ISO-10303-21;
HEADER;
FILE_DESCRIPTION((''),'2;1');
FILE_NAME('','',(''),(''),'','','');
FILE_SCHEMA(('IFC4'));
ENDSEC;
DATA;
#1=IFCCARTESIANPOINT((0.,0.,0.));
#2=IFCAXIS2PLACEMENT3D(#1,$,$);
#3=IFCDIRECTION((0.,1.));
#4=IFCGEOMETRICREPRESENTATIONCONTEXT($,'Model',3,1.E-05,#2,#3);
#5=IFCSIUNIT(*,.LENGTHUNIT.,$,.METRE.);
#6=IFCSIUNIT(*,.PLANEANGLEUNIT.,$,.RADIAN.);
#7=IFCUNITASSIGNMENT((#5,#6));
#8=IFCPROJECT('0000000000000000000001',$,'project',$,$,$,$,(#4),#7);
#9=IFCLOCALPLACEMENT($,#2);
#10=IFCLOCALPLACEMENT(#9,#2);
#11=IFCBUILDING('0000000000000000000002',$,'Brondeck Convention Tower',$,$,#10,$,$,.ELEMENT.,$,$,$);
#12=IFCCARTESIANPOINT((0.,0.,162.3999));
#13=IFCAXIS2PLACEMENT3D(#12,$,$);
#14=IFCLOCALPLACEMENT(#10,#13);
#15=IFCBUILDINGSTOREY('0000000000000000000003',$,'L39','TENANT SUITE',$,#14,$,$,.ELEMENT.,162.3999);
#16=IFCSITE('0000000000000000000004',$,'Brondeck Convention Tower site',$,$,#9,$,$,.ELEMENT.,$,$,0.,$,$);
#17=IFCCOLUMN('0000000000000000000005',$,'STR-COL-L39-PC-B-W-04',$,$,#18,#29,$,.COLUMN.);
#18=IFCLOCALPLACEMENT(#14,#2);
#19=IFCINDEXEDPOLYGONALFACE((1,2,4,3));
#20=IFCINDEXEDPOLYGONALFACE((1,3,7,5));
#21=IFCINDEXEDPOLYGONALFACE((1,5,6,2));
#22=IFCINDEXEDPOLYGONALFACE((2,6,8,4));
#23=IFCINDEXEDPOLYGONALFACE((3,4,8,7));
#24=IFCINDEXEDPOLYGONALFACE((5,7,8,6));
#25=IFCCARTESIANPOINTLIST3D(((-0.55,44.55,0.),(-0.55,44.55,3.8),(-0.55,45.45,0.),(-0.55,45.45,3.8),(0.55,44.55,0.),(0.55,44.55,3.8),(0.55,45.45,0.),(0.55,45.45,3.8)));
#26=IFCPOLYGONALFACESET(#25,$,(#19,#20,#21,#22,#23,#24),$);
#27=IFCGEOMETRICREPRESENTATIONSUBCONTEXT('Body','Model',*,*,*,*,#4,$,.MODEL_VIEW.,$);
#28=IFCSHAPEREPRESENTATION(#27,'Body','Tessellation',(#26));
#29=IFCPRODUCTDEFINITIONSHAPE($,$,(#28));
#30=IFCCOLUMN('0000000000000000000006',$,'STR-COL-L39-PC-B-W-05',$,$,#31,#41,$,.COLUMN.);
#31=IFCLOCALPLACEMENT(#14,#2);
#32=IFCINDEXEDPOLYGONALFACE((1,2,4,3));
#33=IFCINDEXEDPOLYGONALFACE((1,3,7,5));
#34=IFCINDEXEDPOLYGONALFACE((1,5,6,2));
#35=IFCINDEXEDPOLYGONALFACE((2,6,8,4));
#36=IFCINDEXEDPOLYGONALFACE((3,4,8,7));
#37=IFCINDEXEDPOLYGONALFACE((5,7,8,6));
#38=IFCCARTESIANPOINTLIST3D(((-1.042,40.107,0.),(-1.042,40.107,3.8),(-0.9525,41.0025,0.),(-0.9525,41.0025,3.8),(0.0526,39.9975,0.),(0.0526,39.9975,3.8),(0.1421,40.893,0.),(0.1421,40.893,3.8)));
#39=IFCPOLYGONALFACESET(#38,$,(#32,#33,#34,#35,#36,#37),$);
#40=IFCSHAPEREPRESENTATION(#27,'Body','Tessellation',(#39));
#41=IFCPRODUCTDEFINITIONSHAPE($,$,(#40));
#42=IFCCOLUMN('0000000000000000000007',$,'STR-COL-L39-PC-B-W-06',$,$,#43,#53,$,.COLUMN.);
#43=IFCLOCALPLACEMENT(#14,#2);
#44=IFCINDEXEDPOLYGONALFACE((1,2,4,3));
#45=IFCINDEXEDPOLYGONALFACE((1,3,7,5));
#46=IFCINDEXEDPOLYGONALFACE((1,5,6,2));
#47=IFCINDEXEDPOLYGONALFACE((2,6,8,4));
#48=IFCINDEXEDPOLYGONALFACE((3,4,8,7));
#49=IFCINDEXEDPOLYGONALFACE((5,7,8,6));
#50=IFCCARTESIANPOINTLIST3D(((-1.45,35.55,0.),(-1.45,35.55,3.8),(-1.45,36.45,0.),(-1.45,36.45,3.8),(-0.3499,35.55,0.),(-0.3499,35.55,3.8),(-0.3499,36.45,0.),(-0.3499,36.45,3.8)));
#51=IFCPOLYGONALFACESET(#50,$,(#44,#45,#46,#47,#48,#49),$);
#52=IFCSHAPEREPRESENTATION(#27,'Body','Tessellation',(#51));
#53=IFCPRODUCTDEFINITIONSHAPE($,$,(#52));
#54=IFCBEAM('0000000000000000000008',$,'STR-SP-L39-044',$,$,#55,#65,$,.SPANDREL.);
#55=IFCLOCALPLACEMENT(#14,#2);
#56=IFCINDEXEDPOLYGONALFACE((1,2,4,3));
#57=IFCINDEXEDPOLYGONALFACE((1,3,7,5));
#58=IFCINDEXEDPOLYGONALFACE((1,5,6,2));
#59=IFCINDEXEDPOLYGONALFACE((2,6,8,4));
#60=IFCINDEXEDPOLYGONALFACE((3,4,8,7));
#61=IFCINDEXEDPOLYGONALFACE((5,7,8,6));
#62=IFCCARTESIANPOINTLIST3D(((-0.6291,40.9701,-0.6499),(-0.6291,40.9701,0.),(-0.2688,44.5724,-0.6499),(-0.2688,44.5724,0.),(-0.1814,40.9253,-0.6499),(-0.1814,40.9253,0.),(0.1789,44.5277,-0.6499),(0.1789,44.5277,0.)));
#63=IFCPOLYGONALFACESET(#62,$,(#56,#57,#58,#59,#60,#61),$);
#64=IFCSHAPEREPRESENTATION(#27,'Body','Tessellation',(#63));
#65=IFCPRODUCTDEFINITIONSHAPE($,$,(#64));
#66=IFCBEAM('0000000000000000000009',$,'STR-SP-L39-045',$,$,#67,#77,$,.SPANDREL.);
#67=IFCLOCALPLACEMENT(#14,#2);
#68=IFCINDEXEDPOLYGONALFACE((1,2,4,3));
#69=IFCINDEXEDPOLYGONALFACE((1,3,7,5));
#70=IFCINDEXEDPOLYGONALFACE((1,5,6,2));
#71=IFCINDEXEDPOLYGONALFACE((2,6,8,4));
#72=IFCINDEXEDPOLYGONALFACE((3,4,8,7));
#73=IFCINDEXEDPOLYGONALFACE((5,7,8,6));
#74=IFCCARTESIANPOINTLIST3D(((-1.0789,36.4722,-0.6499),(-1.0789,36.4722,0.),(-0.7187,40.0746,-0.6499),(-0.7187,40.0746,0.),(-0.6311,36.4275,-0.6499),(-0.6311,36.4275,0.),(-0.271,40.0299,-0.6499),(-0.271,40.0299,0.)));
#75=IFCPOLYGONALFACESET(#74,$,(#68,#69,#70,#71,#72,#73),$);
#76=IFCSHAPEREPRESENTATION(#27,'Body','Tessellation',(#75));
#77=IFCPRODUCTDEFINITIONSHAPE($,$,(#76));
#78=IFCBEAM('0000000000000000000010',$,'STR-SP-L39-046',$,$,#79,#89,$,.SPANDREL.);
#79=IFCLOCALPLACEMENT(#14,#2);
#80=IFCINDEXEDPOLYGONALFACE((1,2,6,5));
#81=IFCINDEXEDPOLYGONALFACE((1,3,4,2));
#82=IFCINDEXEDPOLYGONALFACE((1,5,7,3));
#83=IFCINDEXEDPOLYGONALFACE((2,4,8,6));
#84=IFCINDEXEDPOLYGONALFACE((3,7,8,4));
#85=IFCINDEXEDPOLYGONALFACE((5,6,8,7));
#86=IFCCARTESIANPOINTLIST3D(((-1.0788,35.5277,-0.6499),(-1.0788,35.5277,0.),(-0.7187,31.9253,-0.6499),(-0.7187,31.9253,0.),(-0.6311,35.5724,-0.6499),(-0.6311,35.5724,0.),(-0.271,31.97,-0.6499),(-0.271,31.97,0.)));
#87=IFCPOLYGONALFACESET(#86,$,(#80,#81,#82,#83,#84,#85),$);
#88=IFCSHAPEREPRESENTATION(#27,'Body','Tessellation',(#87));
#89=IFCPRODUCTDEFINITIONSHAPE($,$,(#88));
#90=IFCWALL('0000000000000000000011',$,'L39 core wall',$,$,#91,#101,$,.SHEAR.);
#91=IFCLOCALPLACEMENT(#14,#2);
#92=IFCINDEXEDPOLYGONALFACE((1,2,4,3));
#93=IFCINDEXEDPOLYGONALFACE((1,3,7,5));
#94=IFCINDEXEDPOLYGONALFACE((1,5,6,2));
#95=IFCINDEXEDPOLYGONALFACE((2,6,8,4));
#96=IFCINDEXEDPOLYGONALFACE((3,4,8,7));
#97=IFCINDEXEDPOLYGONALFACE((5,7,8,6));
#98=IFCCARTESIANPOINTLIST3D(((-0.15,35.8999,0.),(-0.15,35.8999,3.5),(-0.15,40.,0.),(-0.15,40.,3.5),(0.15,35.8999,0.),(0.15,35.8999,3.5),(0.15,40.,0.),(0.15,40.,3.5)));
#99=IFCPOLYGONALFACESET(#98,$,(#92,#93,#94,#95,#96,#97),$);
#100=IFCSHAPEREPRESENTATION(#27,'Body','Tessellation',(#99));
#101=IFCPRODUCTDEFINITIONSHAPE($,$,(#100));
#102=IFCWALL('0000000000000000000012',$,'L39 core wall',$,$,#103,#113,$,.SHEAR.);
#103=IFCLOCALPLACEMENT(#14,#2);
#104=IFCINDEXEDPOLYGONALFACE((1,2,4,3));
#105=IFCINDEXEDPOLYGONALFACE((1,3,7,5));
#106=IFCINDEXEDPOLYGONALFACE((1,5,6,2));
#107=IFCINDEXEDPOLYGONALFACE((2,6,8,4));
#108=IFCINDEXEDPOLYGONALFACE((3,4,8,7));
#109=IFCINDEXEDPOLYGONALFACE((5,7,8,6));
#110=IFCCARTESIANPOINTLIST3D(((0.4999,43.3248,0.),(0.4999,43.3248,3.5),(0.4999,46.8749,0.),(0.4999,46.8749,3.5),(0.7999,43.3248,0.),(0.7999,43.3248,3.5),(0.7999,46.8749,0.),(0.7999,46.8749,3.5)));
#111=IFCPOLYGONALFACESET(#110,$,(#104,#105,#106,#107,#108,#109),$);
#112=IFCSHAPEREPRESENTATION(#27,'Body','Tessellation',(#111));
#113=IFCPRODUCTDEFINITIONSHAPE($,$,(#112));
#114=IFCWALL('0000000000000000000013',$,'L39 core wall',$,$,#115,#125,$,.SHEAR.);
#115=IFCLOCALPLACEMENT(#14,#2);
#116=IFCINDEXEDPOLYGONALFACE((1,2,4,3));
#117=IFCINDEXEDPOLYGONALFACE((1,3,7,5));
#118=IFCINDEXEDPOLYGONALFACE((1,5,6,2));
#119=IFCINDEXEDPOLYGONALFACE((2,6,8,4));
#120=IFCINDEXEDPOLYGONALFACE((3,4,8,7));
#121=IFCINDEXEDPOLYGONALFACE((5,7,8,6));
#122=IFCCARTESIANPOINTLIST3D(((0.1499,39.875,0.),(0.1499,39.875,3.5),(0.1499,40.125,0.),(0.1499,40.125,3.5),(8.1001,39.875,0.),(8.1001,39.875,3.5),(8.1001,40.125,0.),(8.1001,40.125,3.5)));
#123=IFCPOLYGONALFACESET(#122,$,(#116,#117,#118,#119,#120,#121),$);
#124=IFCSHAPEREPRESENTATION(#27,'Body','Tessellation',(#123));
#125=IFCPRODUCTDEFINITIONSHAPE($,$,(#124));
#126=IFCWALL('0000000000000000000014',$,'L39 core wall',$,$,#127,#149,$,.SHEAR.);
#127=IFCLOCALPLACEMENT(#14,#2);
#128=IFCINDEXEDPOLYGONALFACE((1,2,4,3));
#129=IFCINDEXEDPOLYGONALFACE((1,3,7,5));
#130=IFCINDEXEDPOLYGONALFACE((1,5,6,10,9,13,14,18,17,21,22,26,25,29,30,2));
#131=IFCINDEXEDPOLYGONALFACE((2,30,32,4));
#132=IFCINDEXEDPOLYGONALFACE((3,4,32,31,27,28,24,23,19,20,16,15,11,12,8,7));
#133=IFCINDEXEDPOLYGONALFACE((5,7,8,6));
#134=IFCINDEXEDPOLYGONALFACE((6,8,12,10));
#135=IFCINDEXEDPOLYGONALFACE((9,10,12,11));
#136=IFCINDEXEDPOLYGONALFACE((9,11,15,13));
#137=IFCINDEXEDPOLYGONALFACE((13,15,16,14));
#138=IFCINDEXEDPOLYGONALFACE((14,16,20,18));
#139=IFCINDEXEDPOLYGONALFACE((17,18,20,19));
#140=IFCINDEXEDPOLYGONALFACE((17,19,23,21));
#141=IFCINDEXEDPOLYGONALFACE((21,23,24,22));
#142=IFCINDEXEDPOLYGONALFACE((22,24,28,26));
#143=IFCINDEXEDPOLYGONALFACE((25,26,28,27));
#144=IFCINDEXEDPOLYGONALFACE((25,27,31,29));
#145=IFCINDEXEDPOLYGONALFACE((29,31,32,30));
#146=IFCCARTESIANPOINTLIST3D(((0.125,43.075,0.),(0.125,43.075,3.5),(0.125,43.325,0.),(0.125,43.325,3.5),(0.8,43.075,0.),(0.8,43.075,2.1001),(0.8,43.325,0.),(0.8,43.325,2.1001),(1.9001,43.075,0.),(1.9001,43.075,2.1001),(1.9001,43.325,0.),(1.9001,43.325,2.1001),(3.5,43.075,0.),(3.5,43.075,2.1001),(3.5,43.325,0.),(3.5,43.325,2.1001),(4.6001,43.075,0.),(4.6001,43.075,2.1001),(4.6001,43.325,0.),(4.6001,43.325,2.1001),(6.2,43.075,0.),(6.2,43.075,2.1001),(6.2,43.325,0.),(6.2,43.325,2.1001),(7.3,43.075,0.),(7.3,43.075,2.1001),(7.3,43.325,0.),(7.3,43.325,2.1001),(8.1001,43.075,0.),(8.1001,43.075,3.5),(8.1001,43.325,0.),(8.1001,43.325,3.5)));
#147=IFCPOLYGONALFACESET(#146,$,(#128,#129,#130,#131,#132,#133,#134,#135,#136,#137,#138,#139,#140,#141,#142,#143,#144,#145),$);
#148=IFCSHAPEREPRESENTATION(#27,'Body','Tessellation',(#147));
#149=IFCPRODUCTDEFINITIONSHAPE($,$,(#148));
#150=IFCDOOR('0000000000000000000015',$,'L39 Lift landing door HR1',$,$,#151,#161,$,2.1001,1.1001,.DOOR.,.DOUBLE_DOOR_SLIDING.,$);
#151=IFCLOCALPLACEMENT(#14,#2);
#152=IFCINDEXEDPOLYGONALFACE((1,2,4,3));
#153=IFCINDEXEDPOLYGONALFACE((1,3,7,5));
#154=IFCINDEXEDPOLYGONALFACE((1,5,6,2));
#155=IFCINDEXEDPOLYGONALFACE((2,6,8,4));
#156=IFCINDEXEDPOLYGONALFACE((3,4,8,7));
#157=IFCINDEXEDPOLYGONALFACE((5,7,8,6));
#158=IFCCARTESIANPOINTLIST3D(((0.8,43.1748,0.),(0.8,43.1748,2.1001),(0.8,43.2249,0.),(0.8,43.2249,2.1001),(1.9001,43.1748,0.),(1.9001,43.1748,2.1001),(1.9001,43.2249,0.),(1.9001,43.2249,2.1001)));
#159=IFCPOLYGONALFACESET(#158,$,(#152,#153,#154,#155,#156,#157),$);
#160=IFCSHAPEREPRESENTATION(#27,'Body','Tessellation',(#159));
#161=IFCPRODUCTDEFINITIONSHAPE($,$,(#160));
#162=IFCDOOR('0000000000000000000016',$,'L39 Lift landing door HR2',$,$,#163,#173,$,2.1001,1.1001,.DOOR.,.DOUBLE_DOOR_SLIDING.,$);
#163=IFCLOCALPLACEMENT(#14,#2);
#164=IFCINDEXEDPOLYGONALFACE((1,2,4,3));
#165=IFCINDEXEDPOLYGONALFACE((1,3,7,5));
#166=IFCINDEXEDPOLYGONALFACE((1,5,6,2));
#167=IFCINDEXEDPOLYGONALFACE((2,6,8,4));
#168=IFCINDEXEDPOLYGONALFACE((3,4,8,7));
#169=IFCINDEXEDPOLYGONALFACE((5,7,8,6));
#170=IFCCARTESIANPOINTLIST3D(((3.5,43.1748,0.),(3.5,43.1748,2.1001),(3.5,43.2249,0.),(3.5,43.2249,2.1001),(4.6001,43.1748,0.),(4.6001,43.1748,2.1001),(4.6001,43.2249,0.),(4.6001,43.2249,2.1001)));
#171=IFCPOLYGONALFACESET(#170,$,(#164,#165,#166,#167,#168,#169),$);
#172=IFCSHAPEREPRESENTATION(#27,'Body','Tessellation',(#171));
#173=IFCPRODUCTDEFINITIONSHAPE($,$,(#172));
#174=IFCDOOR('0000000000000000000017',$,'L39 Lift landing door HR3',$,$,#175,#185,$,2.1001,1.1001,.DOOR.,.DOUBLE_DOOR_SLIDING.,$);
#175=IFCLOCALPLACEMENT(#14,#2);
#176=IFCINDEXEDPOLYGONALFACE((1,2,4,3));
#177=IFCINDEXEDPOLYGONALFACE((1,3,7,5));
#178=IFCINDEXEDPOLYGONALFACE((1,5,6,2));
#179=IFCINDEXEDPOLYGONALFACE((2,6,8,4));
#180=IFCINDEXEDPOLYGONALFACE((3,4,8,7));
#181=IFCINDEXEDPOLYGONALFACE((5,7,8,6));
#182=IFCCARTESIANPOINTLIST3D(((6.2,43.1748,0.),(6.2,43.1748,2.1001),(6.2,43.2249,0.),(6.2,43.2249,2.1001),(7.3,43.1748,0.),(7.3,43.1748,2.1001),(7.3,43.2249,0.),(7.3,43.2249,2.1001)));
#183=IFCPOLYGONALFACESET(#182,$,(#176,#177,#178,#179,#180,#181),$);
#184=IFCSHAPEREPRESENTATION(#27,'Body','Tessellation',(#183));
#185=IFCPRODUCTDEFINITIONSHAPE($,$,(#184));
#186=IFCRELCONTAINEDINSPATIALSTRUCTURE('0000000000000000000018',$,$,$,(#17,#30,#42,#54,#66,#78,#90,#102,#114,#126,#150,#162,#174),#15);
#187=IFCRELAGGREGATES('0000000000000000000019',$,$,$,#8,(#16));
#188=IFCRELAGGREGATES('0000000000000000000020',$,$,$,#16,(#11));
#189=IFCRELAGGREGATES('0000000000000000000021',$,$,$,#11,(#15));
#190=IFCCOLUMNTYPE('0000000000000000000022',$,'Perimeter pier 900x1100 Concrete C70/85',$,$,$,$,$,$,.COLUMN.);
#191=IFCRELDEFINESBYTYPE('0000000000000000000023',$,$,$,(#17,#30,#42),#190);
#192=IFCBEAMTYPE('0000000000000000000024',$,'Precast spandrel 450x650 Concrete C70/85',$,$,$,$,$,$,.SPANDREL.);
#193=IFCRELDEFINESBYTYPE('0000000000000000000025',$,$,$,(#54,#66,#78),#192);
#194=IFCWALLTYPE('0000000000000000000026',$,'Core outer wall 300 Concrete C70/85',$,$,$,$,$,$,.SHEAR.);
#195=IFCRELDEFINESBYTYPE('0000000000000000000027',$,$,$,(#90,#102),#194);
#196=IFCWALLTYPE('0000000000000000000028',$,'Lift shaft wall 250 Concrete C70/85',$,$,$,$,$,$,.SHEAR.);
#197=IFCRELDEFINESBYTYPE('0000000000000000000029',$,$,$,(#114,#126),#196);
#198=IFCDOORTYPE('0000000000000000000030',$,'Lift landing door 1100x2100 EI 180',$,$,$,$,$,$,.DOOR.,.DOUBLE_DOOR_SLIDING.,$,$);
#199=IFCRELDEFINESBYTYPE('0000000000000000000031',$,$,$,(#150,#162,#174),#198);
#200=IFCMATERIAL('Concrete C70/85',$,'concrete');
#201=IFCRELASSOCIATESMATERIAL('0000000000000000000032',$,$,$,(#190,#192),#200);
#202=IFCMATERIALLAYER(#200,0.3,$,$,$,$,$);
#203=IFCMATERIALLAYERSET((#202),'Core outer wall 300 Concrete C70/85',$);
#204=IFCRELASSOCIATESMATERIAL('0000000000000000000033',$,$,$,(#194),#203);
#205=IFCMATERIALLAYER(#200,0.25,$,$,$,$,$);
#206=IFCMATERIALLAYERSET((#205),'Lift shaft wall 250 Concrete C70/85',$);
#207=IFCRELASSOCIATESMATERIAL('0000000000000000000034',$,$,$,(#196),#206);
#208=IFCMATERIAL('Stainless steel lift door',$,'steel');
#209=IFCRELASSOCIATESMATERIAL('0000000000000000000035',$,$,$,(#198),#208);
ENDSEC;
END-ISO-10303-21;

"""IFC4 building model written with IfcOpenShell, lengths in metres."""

from ifc_helpers import new_model, si_unit, direction, frame, frame_2d, origin, origin_2d, place, context, subcontext, project, spatial, rectangle, extrude, material, layer, layer_set, material_profile, profile_set, type_object, element, fill, save


model = new_model("IFC4")

# Units and contexts
model_context = context("Model", 3, precision=1e-05, world=origin(), true_north=direction((0.0, 1.0)))
body_context = subcontext(model_context, "Body", "Model", "MODEL_VIEW")
ifc_project = project(units=[si_unit("LENGTHUNIT", "METRE"), si_unit("PLANEANGLEUNIT", "RADIAN")], contexts=[model_context])

# Site, building, storey
site_placement = place(None, origin())
site = spatial("IfcSite", under=ifc_project, at=site_placement, Name="Brondeck Convention Tower site", CompositionType="ELEMENT", RefElevation=0.0)
building_placement = place(site_placement, origin())
building = spatial("IfcBuilding", under=site, at=building_placement, Name="Brondeck Convention Tower", CompositionType="ELEMENT")
storey_placement = place(building_placement, frame((0.0, 0.0, 162.3999)))
storey = spatial("IfcBuildingStorey", under=building, at=storey_placement, Name="L39", Description="TENANT SUITE", CompositionType="ELEMENT", Elevation=162.3999)

# Columns
ifc_material_1 = material(Name="Concrete C70/85", Category="concrete")
ifc_material_profile_1 = material_profile(ifc_material_1, rectangle(XDim=0.8999, YDim=1.1001, at=origin_2d()), Name="Perimeter pier 900x1100 Concrete C70/85")
ifc_profile_set_1 = profile_set([ifc_material_profile_1], Name="Concrete C70/85")
column_type = type_object("IfcColumnType", Name="Perimeter pier 900x1100 Concrete C70/85", PredefinedType="COLUMN", material=ifc_profile_set_1)
for number, where, z_axis, x_axis, name in (
    (1, (0.0, 45.0, 0.0), (0.0, 0.0, 1.0), (0.0, -1.0, 0.0), "STR-COL-L39-PC-B-W-04"),
    (2, (-0.45, 40.5, 0.0), (0.0, 0.0, 1.0), (-0.099504, -0.995037, 0.0), "STR-COL-L39-PC-B-W-05"),
    (3, (-0.8999, 36.0, 0.0), (0.0, 0.0, 1.0), (0.0, -1.0, 0.0), "STR-COL-L39-PC-B-W-06"),
):
    element("IfcColumn", number, at=place(storey_placement, frame(where, z_axis=z_axis, x_axis=x_axis)), inside=storey, type_object=column_type, Name=name, PredefinedType="COLUMN", context=body_context, shape_type="SweptSolid", body=[
        extrude(rectangle(XDim=0.8999, YDim=1.1001, at=origin_2d()), origin(), (0.0, 0.0, 1.0), 3.8),
    ])

# Beams
ifc_material_profile_2 = material_profile(ifc_material_1, rectangle(XDim=0.45, YDim=0.6499, at=origin_2d()), Name="Precast spandrel 450x650 Concrete C70/85")
ifc_profile_set_2 = profile_set([ifc_material_profile_2], Name="Concrete C70/85")
beam_type = type_object("IfcBeamType", Name="Precast spandrel 450x650 Concrete C70/85", PredefinedType="SPANDREL", material=ifc_profile_set_2)
for number, where, z_axis, x_axis, name in (
    (4, (-0.0449, 44.55, -0.325), (-0.099537, -0.995034, 0.0), (0.995034, -0.099537, 0.0), "STR-SP-L39-044"),
    (5, (-0.4949, 40.0522, -0.325), (-0.09947, -0.995041, 0.0), (0.995041, -0.09947, 0.0), "STR-SP-L39-045"),
    (6, (-0.855, 35.55, -0.325), (0.09947, -0.995041, 0.0), (0.995041, 0.09947, 0.0), "STR-SP-L39-046"),
):
    element("IfcBeam", number, at=place(storey_placement, frame(where, z_axis=z_axis, x_axis=x_axis)), inside=storey, type_object=beam_type, Name=name, PredefinedType="SPANDREL", context=body_context, shape_type="SweptSolid", body=[
        extrude(rectangle(XDim=0.45, YDim=0.6499, at=origin_2d()), origin(), (0.0, 0.0, 1.0), 3.6204),
    ])

# Walls
ifc_layer_1 = layer(ifc_material_1, 0.3)
ifc_layer_set_1 = layer_set([ifc_layer_1], Name="Core outer wall 300 Concrete C70/85")
wall_type_1 = type_object("IfcWallType", Name="Core outer wall 300 Concrete C70/85", PredefinedType="SHEAR", material=ifc_layer_set_1)
wall_1_placement = place(storey_placement, frame((0.0, 35.8999, 0.0), z_axis=(0.0, 0.0, 1.0), x_axis=(0.0, 1.0, 0.0)))
element("IfcWall", 7, at=wall_1_placement, inside=storey, type_object=wall_type_1, Name="L39 core wall", PredefinedType="SHEAR", context=body_context, shape_type="SweptSolid", body=[
    extrude(rectangle(XDim=4.1001, YDim=0.3, at=frame_2d((2.05, 0.0))), origin(), (0.0, 0.0, 1.0), 3.5),
])
wall_2_placement = place(storey_placement, frame((0.6499, 43.325, 0.0), z_axis=(0.0, 0.0, 1.0), x_axis=(0.0, 1.0, 0.0)))
element("IfcWall", 8, at=wall_2_placement, inside=storey, type_object=wall_type_1, Name="L39 core wall", PredefinedType="SHEAR", context=body_context, shape_type="SweptSolid", body=[
    extrude(rectangle(XDim=3.55, YDim=0.3, at=frame_2d((1.7749, 0.0))), origin(), (0.0, 0.0, 1.0), 3.5),
])
ifc_layer_2 = layer(ifc_material_1, 0.25)
ifc_layer_set_2 = layer_set([ifc_layer_2], Name="Lift shaft wall 250 Concrete C70/85")
wall_type_2 = type_object("IfcWallType", Name="Lift shaft wall 250 Concrete C70/85", PredefinedType="SHEAR", material=ifc_layer_set_2)
wall_3_placement = place(storey_placement, frame((0.1499, 40.0, 0.0), z_axis=(0.0, 0.0, 1.0), x_axis=(1.0, 0.0, 0.0)))
element("IfcWall", 9, at=wall_3_placement, inside=storey, type_object=wall_type_2, Name="L39 core wall", PredefinedType="SHEAR", context=body_context, shape_type="SweptSolid", body=[
    extrude(rectangle(XDim=7.9502, YDim=0.25, at=frame_2d((3.9751, 0.0))), origin(), (0.0, 0.0, 1.0), 3.5),
])

# Wall, openings, doors
wall_4_placement = place(storey_placement, frame((0.125, 43.2, 0.0), z_axis=(0.0, 0.0, 1.0), x_axis=(1.0, 0.0, 0.0)))
wall_4 = element("IfcWall", 10, at=wall_4_placement, inside=storey, type_object=wall_type_2, Name="L39 core wall", PredefinedType="SHEAR", context=body_context, shape_type="SweptSolid", body=[
    extrude(rectangle(XDim=7.9751, YDim=0.25, at=frame_2d((3.9875, 0.0))), origin(), (0.0, 0.0, 1.0), 3.5),
])
opening_1_placement = place(wall_4_placement, frame((0.675, 0.0, 0.0)))
opening_1 = element("IfcOpeningElement", 11, at=opening_1_placement, cuts=wall_4, PredefinedType="OPENING", context=body_context, shape_type="SweptSolid", body=[
    extrude(rectangle(XDim=1.1001, YDim=2.1001, at=frame_2d((0.55, 1.05))), frame((0.0, 0.135, 0.0), z_axis=(0.0, -1.0, 0.0), x_axis=(1.0, 0.0, 0.0)), (0.0, 0.0, 1.0), 0.27),
])
opening_2_placement = place(wall_4_placement, frame((3.375, 0.0, 0.0)))
opening_2 = element("IfcOpeningElement", 12, at=opening_2_placement, cuts=wall_4, PredefinedType="OPENING", context=body_context, shape_type="SweptSolid", body=[
    extrude(rectangle(XDim=1.1001, YDim=2.1001, at=frame_2d((0.55, 1.05))), frame((0.0, 0.135, 0.0), z_axis=(0.0, -1.0, 0.0), x_axis=(1.0, 0.0, 0.0)), (0.0, 0.0, 1.0), 0.27),
])
opening_3_placement = place(wall_4_placement, frame((6.075, 0.0, 0.0)))
opening_3 = element("IfcOpeningElement", 13, at=opening_3_placement, cuts=wall_4, PredefinedType="OPENING", context=body_context, shape_type="SweptSolid", body=[
    extrude(rectangle(XDim=1.1001, YDim=2.1001, at=frame_2d((0.55, 1.05))), frame((0.0, 0.135, 0.0), z_axis=(0.0, -1.0, 0.0), x_axis=(1.0, 0.0, 0.0)), (0.0, 0.0, 1.0), 0.27),
])
ifc_material_2 = material(Name="Stainless steel lift door", Category="steel")
door_type_1 = type_object("IfcDoorType", Name="Lift landing door 1100x2100 EI 180", OperationType="DOUBLE_DOOR_SLIDING", PredefinedType="DOOR", material=ifc_material_2)
door_1_placement = place(opening_1_placement, origin())
door_1 = element("IfcDoor", 14, at=door_1_placement, inside=storey, type_object=door_type_1, Name="L39 Lift landing door HR1", OperationType="DOUBLE_DOOR_SLIDING", OverallHeight=2.1001, OverallWidth=1.1001, PredefinedType="DOOR", context=body_context, shape_type="SweptSolid", body=[
    extrude(rectangle(XDim=1.1001, YDim=2.1001, at=frame_2d((0.55, 1.05))), frame((0.0, 0.0249, 0.0), z_axis=(0.0, -1.0, 0.0), x_axis=(1.0, 0.0, 0.0)), (0.0, 0.0, 1.0), 0.05),
])
fill(opening_1, door_1)
door_2_placement = place(opening_2_placement, origin())
door_2 = element("IfcDoor", 15, at=door_2_placement, inside=storey, type_object=door_type_1, Name="L39 Lift landing door HR2", OperationType="DOUBLE_DOOR_SLIDING", OverallHeight=2.1001, OverallWidth=1.1001, PredefinedType="DOOR", context=body_context, shape_type="SweptSolid", body=[
    extrude(rectangle(XDim=1.1001, YDim=2.1001, at=frame_2d((0.55, 1.05))), frame((0.0, 0.0249, 0.0), z_axis=(0.0, -1.0, 0.0), x_axis=(1.0, 0.0, 0.0)), (0.0, 0.0, 1.0), 0.05),
])
fill(opening_2, door_2)
door_3_placement = place(opening_3_placement, origin())
door_3 = element("IfcDoor", 16, at=door_3_placement, inside=storey, type_object=door_type_1, Name="L39 Lift landing door HR3", OperationType="DOUBLE_DOOR_SLIDING", OverallHeight=2.1001, OverallWidth=1.1001, PredefinedType="DOOR", context=body_context, shape_type="SweptSolid", body=[
    extrude(rectangle(XDim=1.1001, YDim=2.1001, at=frame_2d((0.55, 1.05))), frame((0.0, 0.0249, 0.0), z_axis=(0.0, -1.0, 0.0), x_axis=(1.0, 0.0, 0.0)), (0.0, 0.0, 1.0), 0.05),
])
fill(opening_3, door_3)

save(model, "model.ifc")
